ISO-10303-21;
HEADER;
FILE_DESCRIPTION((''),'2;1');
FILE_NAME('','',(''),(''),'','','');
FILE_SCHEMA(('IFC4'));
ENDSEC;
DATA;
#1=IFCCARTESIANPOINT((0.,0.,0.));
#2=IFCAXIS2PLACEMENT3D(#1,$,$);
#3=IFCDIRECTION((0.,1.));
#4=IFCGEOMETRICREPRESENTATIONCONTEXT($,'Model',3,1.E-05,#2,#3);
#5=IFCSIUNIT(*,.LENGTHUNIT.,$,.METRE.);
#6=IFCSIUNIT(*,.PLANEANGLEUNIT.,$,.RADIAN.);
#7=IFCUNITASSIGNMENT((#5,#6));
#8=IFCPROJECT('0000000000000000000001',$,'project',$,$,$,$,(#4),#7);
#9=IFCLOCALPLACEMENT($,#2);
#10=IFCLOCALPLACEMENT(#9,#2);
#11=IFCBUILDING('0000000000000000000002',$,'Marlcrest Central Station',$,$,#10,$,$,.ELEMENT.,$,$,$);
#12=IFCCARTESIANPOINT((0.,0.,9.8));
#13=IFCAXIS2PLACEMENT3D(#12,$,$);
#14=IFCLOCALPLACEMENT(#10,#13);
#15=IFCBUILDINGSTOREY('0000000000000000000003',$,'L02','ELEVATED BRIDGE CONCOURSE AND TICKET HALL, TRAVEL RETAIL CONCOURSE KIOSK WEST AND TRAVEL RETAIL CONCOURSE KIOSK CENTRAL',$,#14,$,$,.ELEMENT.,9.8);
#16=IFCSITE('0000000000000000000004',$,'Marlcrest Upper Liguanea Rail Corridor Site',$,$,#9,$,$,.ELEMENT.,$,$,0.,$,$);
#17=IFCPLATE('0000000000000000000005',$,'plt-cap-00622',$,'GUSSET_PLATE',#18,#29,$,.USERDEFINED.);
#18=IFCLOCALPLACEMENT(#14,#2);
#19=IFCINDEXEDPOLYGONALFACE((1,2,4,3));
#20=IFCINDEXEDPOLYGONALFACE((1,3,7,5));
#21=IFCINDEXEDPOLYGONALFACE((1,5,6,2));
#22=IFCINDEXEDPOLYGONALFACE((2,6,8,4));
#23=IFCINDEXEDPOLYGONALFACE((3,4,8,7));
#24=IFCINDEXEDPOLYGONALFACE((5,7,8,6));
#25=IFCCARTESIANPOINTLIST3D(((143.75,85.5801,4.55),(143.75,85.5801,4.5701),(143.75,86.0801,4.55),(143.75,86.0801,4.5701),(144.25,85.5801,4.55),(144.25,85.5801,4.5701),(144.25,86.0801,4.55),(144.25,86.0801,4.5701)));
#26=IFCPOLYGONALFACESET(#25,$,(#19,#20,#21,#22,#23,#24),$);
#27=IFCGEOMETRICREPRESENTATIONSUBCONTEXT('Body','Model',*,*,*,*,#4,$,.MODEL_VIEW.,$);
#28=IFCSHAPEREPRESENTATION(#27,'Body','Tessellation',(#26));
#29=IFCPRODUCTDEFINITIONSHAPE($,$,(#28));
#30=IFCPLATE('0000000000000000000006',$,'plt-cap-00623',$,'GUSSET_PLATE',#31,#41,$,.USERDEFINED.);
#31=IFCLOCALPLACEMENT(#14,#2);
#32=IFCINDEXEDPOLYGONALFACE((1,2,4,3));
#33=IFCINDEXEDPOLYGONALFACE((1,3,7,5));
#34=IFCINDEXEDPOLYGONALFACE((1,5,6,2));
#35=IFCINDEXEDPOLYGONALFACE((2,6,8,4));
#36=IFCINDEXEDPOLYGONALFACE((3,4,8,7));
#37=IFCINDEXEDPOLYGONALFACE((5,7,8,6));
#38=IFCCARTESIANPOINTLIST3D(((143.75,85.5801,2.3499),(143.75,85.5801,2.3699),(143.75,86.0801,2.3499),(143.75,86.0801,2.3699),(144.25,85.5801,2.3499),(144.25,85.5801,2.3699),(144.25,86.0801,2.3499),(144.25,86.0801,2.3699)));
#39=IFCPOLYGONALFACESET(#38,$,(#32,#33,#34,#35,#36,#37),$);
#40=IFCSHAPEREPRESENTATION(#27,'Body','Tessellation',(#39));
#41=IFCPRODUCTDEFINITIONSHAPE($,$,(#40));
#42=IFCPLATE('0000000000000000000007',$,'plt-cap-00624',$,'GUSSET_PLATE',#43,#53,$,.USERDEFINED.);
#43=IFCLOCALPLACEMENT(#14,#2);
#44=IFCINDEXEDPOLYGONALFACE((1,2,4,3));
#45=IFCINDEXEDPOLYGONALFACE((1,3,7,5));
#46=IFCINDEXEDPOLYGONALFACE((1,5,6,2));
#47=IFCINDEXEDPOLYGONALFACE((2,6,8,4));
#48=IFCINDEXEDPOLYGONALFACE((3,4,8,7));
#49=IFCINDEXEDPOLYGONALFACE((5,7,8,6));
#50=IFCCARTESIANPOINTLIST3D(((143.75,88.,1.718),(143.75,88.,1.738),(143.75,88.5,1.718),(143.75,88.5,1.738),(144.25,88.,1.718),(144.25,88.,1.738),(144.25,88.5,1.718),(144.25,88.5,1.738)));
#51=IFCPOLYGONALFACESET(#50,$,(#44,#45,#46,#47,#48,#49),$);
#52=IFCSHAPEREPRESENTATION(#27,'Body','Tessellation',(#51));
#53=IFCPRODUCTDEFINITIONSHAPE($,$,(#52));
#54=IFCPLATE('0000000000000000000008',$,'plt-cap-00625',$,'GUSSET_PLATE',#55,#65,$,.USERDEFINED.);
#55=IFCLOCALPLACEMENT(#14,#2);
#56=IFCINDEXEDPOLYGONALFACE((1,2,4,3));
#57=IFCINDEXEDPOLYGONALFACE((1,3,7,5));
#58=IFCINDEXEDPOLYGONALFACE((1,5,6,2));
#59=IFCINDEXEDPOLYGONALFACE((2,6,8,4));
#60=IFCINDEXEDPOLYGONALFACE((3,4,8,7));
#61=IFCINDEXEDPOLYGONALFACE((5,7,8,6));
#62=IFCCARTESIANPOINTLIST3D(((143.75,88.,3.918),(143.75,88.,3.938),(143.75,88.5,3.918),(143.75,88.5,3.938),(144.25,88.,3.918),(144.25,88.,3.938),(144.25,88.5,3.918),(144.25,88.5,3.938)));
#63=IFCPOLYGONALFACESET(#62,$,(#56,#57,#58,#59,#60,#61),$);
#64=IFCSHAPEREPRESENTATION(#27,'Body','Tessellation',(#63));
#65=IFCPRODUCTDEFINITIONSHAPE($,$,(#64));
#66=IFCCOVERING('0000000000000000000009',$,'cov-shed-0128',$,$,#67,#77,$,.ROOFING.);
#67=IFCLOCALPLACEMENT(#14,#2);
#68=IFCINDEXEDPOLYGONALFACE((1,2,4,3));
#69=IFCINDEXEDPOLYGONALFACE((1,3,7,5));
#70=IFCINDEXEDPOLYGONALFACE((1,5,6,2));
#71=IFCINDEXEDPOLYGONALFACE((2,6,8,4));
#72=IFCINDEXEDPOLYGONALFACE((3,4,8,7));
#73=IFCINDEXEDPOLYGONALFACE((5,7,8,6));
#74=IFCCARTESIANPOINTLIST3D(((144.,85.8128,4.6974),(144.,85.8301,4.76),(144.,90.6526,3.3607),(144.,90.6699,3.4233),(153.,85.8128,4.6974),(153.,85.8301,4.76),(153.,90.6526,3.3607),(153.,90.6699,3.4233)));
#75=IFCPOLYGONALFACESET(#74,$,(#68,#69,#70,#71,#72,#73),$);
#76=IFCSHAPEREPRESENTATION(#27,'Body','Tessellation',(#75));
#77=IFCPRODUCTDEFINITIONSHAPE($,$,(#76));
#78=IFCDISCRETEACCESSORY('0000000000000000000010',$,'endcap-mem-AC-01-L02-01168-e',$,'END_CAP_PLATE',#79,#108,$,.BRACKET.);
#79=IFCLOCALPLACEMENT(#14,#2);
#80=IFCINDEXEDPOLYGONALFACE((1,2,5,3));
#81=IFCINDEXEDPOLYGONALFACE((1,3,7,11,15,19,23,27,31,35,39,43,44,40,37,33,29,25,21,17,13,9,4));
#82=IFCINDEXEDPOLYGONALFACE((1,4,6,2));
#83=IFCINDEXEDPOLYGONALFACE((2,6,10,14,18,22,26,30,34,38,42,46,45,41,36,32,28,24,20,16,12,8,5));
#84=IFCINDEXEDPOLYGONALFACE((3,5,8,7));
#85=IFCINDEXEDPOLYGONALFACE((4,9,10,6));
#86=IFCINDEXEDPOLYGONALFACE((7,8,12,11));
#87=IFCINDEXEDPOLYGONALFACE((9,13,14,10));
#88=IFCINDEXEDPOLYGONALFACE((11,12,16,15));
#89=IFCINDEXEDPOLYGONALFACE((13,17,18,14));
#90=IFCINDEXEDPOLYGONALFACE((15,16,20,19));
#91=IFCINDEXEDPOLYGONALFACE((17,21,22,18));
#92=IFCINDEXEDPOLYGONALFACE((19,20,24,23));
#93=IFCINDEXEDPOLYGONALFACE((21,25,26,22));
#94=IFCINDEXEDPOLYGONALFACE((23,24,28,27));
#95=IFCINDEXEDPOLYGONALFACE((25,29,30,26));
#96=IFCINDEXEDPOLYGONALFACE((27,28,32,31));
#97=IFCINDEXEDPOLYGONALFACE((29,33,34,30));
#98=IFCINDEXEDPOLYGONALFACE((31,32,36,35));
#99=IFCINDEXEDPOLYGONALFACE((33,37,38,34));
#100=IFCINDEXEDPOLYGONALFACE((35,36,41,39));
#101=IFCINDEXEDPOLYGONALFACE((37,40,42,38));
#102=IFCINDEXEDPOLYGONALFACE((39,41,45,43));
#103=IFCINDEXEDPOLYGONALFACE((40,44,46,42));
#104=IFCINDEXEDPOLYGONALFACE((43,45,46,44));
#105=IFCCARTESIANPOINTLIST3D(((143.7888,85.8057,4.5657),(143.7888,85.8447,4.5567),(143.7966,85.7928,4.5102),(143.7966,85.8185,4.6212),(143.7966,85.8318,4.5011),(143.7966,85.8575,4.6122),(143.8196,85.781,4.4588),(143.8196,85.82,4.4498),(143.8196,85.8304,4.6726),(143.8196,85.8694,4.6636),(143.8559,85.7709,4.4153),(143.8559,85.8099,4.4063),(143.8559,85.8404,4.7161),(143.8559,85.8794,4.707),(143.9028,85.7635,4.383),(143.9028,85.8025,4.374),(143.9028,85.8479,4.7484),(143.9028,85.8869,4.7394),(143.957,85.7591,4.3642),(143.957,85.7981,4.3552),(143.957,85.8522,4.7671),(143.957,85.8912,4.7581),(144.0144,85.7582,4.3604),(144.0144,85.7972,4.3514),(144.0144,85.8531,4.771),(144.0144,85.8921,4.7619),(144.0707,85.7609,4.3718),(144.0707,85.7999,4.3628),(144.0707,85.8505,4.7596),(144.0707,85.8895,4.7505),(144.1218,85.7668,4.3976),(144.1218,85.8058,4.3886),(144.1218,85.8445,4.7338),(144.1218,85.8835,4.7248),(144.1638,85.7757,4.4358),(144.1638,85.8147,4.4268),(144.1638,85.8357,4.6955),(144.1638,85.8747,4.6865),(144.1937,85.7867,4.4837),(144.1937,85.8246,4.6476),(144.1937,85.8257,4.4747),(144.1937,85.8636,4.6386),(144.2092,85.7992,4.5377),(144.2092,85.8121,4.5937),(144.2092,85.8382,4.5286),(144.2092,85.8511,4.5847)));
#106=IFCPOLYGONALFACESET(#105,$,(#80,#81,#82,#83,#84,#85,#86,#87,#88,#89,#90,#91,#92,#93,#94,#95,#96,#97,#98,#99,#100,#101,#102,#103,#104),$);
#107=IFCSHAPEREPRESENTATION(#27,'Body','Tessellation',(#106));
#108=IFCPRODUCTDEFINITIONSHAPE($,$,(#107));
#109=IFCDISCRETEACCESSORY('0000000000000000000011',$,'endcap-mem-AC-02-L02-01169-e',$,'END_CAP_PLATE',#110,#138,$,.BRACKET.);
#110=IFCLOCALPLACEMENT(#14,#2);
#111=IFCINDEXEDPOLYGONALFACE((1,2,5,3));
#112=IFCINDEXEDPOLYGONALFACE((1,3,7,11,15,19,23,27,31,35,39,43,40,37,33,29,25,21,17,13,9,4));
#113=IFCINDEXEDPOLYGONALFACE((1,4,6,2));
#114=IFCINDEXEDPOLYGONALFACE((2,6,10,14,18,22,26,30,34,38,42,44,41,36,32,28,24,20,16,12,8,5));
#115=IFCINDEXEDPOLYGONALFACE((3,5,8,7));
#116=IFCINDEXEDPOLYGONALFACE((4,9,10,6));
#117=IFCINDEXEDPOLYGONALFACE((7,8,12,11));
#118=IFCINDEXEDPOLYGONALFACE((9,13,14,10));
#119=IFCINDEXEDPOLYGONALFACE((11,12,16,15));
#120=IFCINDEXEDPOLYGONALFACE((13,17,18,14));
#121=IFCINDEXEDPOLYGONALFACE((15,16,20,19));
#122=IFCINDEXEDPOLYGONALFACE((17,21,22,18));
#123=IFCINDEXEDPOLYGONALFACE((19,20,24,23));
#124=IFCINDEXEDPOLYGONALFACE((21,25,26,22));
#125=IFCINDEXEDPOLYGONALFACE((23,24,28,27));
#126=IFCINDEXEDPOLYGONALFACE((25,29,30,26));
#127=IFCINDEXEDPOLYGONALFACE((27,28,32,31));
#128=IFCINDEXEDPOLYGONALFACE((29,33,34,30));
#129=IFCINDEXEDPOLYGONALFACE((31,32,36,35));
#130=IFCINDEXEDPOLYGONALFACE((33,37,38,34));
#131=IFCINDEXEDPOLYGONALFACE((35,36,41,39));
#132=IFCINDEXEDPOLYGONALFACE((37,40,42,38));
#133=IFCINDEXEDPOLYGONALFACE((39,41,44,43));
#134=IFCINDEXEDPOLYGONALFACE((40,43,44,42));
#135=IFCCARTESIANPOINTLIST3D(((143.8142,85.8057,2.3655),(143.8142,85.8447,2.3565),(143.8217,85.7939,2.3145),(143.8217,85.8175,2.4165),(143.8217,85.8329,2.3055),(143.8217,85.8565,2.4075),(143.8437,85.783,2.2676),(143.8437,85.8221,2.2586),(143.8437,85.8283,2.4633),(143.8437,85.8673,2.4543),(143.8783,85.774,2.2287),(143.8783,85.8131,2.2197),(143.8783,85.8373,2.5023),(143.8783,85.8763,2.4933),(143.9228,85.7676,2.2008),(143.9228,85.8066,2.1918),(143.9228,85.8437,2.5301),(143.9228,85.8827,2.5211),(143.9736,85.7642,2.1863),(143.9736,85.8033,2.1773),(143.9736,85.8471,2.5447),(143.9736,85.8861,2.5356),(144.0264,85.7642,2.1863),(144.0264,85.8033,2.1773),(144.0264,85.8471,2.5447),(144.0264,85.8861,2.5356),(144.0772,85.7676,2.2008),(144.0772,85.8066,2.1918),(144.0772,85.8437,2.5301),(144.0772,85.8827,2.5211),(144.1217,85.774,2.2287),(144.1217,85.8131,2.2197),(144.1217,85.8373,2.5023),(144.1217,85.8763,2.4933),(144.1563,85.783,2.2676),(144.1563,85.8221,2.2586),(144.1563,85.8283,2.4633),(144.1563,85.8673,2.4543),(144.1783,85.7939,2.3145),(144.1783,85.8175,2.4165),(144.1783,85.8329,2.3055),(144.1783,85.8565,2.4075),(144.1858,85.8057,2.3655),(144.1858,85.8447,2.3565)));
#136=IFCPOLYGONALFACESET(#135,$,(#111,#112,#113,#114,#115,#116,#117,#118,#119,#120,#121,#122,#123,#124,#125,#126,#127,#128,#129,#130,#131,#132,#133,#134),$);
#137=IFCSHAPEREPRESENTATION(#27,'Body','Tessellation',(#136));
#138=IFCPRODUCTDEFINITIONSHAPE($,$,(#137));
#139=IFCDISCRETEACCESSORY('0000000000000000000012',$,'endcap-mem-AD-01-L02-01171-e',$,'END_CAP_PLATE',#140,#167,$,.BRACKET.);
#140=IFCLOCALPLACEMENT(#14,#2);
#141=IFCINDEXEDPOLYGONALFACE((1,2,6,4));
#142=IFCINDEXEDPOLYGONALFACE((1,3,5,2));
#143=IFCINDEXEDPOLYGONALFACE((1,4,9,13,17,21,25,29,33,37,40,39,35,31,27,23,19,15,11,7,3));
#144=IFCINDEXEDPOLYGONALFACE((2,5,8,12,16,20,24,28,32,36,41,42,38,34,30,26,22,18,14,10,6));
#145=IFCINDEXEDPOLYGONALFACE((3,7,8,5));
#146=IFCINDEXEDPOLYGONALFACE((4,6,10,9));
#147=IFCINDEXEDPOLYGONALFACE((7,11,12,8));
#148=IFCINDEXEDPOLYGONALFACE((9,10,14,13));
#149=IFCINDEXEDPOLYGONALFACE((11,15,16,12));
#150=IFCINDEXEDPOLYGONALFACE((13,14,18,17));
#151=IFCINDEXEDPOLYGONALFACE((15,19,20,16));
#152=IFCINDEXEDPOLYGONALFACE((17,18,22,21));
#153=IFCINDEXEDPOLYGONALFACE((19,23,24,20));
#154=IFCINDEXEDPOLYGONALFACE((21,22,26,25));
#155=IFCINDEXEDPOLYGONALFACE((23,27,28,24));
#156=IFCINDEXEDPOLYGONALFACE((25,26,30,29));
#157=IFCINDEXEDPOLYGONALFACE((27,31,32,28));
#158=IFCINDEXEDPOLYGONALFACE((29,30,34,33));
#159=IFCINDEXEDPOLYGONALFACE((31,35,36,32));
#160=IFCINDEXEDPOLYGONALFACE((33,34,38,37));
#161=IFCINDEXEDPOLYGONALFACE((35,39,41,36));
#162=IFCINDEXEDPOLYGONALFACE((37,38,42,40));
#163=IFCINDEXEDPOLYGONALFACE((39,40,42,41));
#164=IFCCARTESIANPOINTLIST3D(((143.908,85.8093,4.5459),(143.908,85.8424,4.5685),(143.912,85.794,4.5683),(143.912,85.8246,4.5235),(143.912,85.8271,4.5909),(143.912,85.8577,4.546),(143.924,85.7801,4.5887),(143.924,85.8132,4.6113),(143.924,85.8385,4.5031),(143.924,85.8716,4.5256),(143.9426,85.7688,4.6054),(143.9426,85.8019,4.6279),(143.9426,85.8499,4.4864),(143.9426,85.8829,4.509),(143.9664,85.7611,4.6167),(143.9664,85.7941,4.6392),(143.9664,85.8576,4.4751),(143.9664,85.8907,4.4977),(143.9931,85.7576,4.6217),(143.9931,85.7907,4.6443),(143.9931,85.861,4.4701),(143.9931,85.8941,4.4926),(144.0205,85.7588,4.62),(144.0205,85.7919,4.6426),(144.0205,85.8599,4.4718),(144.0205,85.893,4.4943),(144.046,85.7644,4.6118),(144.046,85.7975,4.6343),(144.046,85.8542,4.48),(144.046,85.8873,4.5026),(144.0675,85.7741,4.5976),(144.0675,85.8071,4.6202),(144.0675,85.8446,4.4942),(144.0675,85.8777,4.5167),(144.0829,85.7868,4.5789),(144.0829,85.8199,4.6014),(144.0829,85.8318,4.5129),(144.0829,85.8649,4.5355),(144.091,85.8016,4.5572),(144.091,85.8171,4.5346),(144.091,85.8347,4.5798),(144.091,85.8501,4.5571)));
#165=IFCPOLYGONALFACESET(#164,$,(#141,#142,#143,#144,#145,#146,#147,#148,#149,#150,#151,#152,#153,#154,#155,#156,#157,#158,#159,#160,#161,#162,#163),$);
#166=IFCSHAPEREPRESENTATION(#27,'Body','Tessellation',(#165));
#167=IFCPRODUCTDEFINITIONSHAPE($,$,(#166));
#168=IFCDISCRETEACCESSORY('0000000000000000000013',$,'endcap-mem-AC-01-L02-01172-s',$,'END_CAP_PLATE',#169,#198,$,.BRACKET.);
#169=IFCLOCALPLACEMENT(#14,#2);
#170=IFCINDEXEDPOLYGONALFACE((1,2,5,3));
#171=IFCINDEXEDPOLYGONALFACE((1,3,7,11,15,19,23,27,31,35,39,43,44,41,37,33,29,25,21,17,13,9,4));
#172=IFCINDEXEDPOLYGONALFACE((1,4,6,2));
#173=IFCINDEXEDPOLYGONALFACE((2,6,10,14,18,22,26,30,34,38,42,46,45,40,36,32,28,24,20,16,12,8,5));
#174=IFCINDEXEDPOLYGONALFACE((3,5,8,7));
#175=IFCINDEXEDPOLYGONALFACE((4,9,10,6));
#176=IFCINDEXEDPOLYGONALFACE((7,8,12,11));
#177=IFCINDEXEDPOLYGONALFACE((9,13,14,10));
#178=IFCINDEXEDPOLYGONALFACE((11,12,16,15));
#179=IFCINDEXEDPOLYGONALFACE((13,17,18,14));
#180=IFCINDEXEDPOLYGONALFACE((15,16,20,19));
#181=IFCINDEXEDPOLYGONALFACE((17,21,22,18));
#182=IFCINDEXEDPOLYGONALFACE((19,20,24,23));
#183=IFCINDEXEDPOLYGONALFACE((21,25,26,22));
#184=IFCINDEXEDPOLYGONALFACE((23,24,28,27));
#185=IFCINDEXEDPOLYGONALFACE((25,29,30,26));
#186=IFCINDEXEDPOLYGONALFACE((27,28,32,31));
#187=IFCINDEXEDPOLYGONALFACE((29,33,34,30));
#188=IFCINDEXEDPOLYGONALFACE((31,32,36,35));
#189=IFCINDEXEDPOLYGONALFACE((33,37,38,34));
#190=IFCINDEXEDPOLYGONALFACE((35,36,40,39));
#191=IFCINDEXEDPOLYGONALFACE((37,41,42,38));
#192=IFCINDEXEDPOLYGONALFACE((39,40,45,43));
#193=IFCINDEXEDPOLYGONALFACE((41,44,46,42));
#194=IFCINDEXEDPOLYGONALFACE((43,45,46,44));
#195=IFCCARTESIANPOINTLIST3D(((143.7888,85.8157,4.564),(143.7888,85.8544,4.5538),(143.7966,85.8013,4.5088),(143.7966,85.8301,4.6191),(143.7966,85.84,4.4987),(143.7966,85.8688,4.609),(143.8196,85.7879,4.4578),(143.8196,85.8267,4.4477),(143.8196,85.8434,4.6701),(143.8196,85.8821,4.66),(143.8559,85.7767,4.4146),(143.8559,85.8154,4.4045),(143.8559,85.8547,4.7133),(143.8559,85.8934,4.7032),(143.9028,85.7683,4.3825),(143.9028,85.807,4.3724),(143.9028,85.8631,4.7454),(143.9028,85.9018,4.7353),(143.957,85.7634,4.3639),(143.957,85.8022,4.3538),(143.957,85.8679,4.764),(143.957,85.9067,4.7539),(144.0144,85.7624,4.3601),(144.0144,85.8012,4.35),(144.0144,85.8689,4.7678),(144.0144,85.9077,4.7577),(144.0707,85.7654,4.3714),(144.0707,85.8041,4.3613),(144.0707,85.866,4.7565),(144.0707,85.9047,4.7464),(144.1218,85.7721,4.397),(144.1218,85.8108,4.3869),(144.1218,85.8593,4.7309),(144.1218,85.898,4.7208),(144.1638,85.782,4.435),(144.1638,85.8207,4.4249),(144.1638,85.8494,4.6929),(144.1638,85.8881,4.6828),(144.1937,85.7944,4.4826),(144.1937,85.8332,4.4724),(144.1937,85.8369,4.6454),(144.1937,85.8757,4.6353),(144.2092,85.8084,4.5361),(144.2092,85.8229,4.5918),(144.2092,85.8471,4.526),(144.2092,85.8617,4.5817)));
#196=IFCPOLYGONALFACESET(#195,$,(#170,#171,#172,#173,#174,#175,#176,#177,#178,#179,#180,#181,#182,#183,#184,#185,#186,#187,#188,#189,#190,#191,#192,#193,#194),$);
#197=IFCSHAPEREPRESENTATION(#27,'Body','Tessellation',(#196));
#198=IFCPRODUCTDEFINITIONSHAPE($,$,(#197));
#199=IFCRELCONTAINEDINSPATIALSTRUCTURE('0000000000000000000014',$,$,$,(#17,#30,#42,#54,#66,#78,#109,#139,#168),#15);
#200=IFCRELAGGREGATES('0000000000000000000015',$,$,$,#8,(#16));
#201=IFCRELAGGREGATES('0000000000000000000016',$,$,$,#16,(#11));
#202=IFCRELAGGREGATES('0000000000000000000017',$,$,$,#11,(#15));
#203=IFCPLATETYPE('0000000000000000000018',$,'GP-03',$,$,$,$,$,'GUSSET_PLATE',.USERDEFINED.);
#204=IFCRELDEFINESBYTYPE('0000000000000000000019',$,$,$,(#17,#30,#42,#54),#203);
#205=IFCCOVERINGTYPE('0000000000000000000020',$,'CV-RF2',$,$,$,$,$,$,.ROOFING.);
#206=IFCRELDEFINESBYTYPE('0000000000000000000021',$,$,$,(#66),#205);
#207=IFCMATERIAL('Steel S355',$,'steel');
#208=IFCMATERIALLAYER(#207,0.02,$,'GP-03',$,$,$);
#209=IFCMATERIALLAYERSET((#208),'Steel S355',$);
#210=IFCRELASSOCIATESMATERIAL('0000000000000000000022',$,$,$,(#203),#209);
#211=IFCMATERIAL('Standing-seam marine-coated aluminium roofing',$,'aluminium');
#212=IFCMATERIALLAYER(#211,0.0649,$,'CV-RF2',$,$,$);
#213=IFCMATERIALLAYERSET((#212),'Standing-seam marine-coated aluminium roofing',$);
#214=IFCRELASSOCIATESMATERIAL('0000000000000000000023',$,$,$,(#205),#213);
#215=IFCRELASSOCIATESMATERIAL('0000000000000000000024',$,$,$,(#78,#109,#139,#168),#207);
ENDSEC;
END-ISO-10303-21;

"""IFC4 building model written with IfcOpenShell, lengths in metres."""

from ifc_helpers import new_model, si_unit, direction, frame, origin, origin_2d, place, context, subcontext, project, spatial, polyline, rectangle, circle, outline, extrude, material, layer, layer_set, type_object, element, save


model = new_model("IFC4")

# Units and contexts
model_context = context("Model", 3, precision=1e-05, world=origin(), true_north=direction((0.0, 1.0)))
body_context = subcontext(model_context, "Body", "Model", "MODEL_VIEW")
ifc_project = project(units=[si_unit("LENGTHUNIT", "METRE"), si_unit("PLANEANGLEUNIT", "RADIAN")], contexts=[model_context])

# Site, building, storey
site_placement = place(None, origin())
site = spatial("IfcSite", under=ifc_project, at=site_placement, Name="Marlcrest Upper Liguanea Rail Corridor Site", CompositionType="ELEMENT", RefElevation=0.0)
building_placement = place(site_placement, origin())
building = spatial("IfcBuilding", under=site, at=building_placement, Name="Marlcrest Central Station", CompositionType="ELEMENT")
storey_placement = place(building_placement, frame((0.0, 0.0, 9.8)))
storey = spatial("IfcBuildingStorey", under=building, at=storey_placement, Name="L02", Description="ELEVATED BRIDGE CONCOURSE AND TICKET HALL, TRAVEL RETAIL CONCOURSE KIOSK WEST AND TRAVEL RETAIL CONCOURSE KIOSK CENTRAL", CompositionType="ELEMENT", Elevation=9.8)

# Shared definitions
ifc_material_1 = material(Name="Steel S355", Category="steel")

# Plates
ifc_layer_1 = layer(ifc_material_1, 0.02, Name="GP-03")
ifc_layer_set_1 = layer_set([ifc_layer_1], Name="Steel S355")
plate_type = type_object("IfcPlateType", Name="GP-03", ElementType="GUSSET_PLATE", PredefinedType="USERDEFINED", material=ifc_layer_set_1)
for number, where, z_axis, x_axis, name in (
    (1, (144.0, 85.8301, 4.55), (0.0, 0.0, 1.0), (1.0, 0.0, 0.0), "plt-cap-00622"),
    (2, (144.0, 85.8301, 2.3499), (0.0, 0.0, 1.0), (1.0, 0.0, 0.0), "plt-cap-00623"),
    (3, (144.0, 88.25, 1.718), (0.0, 0.0, 1.0), (1.0, 0.0, 0.0), "plt-cap-00624"),
    (4, (144.0, 88.25, 3.918), (0.0, 0.0, 1.0), (1.0, 0.0, 0.0), "plt-cap-00625"),
):
    element("IfcPlate", number, at=place(storey_placement, frame(where, z_axis=z_axis, x_axis=x_axis)), inside=storey, type_object=plate_type, Name=name, ObjectType="GUSSET_PLATE", PredefinedType="USERDEFINED", context=body_context, shape_type="SweptSolid", body=[
        extrude(rectangle(XDim=0.5, YDim=0.5, at=origin_2d()), origin(), (0.0, 0.0, 1.0), 0.02),
    ])

# Covering
ifc_material_2 = material(Name="Standing-seam marine-coated aluminium roofing", Category="aluminium")
ifc_layer_2 = layer(ifc_material_2, 0.0649, Name="CV-RF2")
ifc_layer_set_2 = layer_set([ifc_layer_2], Name="Standing-seam marine-coated aluminium roofing")
covering_type = type_object("IfcCoveringType", Name="CV-RF2", PredefinedType="ROOFING", material=ifc_layer_set_2)
covering_placement = place(storey_placement, frame((144.0, 85.8301, 4.76), z_axis=(0.0, 0.266214, 0.963914), x_axis=(1.0, 0.0, 0.0)))
element("IfcCovering", 5, at=covering_placement, inside=storey, type_object=covering_type, Name="cov-shed-0128", PredefinedType="ROOFING", context=body_context, shape_type="SweptSolid", body=[
    extrude(outline(polyline([(0.0, 0.0), (9.0, 0.0), (9.0, 5.021), (0.0, 5.021), (0.0, 0.0)])), origin(), (0.0, 0.0, -1.0), 0.0649),
])

# Discrete accessories
discrete_accessory_1_placement = place(storey_placement, frame((144.0, 85.8057, 4.5657), z_axis=(0.0, 0.97433, -0.225126), x_axis=(-1.0, 0.0, 0.0)))
element("IfcDiscreteAccessory", 6, at=discrete_accessory_1_placement, inside=storey, material=ifc_material_1, Name="endcap-mem-AC-01-L02-01168-e", ObjectType="END_CAP_PLATE", PredefinedType="BRACKET", context=body_context, shape_type="SweptSolid", body=[
    extrude(circle(Radius=0.2112, at=origin_2d()), origin(), (0.0, 0.0, 1.0), 0.04),
])
discrete_accessory_2_placement = place(storey_placement, frame((144.0, 85.8057, 2.3655), z_axis=(0.0, 0.974308, -0.22522), x_axis=(-1.0, 0.0, 0.0)))
element("IfcDiscreteAccessory", 7, at=discrete_accessory_2_placement, inside=storey, material=ifc_material_1, Name="endcap-mem-AC-02-L02-01169-e", ObjectType="END_CAP_PLATE", PredefinedType="BRACKET", context=body_context, shape_type="SweptSolid", body=[
    extrude(circle(Radius=0.1858, at=origin_2d()), origin(), (0.0, 0.0, 1.0), 0.04),
])
discrete_accessory_3_placement = place(storey_placement, frame((144.0, 85.8093, 4.5459), z_axis=(0.0, 0.826263, 0.563285), x_axis=(-1.0, 0.0, 0.0)))
element("IfcDiscreteAccessory", 8, at=discrete_accessory_3_placement, inside=storey, material=ifc_material_1, Name="endcap-mem-AD-01-L02-01171-e", ObjectType="END_CAP_PLATE", PredefinedType="BRACKET", context=body_context, shape_type="SweptSolid", body=[
    extrude(circle(Radius=0.092, at=origin_2d()), origin(), (0.0, 0.0, 1.0), 0.04),
])
for number, where, z_axis, x_axis, name in (
    (9, (144.0, 85.8157, 4.564), (0.0, 0.967539, -0.25272), (-1.0, 0.0, 0.0), "endcap-mem-AC-01-L02-01172-s"),
):
    element("IfcDiscreteAccessory", number, at=place(storey_placement, frame(where, z_axis=z_axis, x_axis=x_axis)), inside=storey, material=ifc_material_1, Name=name, ObjectType="END_CAP_PLATE", PredefinedType="BRACKET", context=body_context, shape_type="SweptSolid", body=[
        extrude(circle(Radius=0.2112, at=origin_2d()), origin(), (0.0, 0.0, 1.0), 0.04),
    ])

save(model, "model.ifc")
